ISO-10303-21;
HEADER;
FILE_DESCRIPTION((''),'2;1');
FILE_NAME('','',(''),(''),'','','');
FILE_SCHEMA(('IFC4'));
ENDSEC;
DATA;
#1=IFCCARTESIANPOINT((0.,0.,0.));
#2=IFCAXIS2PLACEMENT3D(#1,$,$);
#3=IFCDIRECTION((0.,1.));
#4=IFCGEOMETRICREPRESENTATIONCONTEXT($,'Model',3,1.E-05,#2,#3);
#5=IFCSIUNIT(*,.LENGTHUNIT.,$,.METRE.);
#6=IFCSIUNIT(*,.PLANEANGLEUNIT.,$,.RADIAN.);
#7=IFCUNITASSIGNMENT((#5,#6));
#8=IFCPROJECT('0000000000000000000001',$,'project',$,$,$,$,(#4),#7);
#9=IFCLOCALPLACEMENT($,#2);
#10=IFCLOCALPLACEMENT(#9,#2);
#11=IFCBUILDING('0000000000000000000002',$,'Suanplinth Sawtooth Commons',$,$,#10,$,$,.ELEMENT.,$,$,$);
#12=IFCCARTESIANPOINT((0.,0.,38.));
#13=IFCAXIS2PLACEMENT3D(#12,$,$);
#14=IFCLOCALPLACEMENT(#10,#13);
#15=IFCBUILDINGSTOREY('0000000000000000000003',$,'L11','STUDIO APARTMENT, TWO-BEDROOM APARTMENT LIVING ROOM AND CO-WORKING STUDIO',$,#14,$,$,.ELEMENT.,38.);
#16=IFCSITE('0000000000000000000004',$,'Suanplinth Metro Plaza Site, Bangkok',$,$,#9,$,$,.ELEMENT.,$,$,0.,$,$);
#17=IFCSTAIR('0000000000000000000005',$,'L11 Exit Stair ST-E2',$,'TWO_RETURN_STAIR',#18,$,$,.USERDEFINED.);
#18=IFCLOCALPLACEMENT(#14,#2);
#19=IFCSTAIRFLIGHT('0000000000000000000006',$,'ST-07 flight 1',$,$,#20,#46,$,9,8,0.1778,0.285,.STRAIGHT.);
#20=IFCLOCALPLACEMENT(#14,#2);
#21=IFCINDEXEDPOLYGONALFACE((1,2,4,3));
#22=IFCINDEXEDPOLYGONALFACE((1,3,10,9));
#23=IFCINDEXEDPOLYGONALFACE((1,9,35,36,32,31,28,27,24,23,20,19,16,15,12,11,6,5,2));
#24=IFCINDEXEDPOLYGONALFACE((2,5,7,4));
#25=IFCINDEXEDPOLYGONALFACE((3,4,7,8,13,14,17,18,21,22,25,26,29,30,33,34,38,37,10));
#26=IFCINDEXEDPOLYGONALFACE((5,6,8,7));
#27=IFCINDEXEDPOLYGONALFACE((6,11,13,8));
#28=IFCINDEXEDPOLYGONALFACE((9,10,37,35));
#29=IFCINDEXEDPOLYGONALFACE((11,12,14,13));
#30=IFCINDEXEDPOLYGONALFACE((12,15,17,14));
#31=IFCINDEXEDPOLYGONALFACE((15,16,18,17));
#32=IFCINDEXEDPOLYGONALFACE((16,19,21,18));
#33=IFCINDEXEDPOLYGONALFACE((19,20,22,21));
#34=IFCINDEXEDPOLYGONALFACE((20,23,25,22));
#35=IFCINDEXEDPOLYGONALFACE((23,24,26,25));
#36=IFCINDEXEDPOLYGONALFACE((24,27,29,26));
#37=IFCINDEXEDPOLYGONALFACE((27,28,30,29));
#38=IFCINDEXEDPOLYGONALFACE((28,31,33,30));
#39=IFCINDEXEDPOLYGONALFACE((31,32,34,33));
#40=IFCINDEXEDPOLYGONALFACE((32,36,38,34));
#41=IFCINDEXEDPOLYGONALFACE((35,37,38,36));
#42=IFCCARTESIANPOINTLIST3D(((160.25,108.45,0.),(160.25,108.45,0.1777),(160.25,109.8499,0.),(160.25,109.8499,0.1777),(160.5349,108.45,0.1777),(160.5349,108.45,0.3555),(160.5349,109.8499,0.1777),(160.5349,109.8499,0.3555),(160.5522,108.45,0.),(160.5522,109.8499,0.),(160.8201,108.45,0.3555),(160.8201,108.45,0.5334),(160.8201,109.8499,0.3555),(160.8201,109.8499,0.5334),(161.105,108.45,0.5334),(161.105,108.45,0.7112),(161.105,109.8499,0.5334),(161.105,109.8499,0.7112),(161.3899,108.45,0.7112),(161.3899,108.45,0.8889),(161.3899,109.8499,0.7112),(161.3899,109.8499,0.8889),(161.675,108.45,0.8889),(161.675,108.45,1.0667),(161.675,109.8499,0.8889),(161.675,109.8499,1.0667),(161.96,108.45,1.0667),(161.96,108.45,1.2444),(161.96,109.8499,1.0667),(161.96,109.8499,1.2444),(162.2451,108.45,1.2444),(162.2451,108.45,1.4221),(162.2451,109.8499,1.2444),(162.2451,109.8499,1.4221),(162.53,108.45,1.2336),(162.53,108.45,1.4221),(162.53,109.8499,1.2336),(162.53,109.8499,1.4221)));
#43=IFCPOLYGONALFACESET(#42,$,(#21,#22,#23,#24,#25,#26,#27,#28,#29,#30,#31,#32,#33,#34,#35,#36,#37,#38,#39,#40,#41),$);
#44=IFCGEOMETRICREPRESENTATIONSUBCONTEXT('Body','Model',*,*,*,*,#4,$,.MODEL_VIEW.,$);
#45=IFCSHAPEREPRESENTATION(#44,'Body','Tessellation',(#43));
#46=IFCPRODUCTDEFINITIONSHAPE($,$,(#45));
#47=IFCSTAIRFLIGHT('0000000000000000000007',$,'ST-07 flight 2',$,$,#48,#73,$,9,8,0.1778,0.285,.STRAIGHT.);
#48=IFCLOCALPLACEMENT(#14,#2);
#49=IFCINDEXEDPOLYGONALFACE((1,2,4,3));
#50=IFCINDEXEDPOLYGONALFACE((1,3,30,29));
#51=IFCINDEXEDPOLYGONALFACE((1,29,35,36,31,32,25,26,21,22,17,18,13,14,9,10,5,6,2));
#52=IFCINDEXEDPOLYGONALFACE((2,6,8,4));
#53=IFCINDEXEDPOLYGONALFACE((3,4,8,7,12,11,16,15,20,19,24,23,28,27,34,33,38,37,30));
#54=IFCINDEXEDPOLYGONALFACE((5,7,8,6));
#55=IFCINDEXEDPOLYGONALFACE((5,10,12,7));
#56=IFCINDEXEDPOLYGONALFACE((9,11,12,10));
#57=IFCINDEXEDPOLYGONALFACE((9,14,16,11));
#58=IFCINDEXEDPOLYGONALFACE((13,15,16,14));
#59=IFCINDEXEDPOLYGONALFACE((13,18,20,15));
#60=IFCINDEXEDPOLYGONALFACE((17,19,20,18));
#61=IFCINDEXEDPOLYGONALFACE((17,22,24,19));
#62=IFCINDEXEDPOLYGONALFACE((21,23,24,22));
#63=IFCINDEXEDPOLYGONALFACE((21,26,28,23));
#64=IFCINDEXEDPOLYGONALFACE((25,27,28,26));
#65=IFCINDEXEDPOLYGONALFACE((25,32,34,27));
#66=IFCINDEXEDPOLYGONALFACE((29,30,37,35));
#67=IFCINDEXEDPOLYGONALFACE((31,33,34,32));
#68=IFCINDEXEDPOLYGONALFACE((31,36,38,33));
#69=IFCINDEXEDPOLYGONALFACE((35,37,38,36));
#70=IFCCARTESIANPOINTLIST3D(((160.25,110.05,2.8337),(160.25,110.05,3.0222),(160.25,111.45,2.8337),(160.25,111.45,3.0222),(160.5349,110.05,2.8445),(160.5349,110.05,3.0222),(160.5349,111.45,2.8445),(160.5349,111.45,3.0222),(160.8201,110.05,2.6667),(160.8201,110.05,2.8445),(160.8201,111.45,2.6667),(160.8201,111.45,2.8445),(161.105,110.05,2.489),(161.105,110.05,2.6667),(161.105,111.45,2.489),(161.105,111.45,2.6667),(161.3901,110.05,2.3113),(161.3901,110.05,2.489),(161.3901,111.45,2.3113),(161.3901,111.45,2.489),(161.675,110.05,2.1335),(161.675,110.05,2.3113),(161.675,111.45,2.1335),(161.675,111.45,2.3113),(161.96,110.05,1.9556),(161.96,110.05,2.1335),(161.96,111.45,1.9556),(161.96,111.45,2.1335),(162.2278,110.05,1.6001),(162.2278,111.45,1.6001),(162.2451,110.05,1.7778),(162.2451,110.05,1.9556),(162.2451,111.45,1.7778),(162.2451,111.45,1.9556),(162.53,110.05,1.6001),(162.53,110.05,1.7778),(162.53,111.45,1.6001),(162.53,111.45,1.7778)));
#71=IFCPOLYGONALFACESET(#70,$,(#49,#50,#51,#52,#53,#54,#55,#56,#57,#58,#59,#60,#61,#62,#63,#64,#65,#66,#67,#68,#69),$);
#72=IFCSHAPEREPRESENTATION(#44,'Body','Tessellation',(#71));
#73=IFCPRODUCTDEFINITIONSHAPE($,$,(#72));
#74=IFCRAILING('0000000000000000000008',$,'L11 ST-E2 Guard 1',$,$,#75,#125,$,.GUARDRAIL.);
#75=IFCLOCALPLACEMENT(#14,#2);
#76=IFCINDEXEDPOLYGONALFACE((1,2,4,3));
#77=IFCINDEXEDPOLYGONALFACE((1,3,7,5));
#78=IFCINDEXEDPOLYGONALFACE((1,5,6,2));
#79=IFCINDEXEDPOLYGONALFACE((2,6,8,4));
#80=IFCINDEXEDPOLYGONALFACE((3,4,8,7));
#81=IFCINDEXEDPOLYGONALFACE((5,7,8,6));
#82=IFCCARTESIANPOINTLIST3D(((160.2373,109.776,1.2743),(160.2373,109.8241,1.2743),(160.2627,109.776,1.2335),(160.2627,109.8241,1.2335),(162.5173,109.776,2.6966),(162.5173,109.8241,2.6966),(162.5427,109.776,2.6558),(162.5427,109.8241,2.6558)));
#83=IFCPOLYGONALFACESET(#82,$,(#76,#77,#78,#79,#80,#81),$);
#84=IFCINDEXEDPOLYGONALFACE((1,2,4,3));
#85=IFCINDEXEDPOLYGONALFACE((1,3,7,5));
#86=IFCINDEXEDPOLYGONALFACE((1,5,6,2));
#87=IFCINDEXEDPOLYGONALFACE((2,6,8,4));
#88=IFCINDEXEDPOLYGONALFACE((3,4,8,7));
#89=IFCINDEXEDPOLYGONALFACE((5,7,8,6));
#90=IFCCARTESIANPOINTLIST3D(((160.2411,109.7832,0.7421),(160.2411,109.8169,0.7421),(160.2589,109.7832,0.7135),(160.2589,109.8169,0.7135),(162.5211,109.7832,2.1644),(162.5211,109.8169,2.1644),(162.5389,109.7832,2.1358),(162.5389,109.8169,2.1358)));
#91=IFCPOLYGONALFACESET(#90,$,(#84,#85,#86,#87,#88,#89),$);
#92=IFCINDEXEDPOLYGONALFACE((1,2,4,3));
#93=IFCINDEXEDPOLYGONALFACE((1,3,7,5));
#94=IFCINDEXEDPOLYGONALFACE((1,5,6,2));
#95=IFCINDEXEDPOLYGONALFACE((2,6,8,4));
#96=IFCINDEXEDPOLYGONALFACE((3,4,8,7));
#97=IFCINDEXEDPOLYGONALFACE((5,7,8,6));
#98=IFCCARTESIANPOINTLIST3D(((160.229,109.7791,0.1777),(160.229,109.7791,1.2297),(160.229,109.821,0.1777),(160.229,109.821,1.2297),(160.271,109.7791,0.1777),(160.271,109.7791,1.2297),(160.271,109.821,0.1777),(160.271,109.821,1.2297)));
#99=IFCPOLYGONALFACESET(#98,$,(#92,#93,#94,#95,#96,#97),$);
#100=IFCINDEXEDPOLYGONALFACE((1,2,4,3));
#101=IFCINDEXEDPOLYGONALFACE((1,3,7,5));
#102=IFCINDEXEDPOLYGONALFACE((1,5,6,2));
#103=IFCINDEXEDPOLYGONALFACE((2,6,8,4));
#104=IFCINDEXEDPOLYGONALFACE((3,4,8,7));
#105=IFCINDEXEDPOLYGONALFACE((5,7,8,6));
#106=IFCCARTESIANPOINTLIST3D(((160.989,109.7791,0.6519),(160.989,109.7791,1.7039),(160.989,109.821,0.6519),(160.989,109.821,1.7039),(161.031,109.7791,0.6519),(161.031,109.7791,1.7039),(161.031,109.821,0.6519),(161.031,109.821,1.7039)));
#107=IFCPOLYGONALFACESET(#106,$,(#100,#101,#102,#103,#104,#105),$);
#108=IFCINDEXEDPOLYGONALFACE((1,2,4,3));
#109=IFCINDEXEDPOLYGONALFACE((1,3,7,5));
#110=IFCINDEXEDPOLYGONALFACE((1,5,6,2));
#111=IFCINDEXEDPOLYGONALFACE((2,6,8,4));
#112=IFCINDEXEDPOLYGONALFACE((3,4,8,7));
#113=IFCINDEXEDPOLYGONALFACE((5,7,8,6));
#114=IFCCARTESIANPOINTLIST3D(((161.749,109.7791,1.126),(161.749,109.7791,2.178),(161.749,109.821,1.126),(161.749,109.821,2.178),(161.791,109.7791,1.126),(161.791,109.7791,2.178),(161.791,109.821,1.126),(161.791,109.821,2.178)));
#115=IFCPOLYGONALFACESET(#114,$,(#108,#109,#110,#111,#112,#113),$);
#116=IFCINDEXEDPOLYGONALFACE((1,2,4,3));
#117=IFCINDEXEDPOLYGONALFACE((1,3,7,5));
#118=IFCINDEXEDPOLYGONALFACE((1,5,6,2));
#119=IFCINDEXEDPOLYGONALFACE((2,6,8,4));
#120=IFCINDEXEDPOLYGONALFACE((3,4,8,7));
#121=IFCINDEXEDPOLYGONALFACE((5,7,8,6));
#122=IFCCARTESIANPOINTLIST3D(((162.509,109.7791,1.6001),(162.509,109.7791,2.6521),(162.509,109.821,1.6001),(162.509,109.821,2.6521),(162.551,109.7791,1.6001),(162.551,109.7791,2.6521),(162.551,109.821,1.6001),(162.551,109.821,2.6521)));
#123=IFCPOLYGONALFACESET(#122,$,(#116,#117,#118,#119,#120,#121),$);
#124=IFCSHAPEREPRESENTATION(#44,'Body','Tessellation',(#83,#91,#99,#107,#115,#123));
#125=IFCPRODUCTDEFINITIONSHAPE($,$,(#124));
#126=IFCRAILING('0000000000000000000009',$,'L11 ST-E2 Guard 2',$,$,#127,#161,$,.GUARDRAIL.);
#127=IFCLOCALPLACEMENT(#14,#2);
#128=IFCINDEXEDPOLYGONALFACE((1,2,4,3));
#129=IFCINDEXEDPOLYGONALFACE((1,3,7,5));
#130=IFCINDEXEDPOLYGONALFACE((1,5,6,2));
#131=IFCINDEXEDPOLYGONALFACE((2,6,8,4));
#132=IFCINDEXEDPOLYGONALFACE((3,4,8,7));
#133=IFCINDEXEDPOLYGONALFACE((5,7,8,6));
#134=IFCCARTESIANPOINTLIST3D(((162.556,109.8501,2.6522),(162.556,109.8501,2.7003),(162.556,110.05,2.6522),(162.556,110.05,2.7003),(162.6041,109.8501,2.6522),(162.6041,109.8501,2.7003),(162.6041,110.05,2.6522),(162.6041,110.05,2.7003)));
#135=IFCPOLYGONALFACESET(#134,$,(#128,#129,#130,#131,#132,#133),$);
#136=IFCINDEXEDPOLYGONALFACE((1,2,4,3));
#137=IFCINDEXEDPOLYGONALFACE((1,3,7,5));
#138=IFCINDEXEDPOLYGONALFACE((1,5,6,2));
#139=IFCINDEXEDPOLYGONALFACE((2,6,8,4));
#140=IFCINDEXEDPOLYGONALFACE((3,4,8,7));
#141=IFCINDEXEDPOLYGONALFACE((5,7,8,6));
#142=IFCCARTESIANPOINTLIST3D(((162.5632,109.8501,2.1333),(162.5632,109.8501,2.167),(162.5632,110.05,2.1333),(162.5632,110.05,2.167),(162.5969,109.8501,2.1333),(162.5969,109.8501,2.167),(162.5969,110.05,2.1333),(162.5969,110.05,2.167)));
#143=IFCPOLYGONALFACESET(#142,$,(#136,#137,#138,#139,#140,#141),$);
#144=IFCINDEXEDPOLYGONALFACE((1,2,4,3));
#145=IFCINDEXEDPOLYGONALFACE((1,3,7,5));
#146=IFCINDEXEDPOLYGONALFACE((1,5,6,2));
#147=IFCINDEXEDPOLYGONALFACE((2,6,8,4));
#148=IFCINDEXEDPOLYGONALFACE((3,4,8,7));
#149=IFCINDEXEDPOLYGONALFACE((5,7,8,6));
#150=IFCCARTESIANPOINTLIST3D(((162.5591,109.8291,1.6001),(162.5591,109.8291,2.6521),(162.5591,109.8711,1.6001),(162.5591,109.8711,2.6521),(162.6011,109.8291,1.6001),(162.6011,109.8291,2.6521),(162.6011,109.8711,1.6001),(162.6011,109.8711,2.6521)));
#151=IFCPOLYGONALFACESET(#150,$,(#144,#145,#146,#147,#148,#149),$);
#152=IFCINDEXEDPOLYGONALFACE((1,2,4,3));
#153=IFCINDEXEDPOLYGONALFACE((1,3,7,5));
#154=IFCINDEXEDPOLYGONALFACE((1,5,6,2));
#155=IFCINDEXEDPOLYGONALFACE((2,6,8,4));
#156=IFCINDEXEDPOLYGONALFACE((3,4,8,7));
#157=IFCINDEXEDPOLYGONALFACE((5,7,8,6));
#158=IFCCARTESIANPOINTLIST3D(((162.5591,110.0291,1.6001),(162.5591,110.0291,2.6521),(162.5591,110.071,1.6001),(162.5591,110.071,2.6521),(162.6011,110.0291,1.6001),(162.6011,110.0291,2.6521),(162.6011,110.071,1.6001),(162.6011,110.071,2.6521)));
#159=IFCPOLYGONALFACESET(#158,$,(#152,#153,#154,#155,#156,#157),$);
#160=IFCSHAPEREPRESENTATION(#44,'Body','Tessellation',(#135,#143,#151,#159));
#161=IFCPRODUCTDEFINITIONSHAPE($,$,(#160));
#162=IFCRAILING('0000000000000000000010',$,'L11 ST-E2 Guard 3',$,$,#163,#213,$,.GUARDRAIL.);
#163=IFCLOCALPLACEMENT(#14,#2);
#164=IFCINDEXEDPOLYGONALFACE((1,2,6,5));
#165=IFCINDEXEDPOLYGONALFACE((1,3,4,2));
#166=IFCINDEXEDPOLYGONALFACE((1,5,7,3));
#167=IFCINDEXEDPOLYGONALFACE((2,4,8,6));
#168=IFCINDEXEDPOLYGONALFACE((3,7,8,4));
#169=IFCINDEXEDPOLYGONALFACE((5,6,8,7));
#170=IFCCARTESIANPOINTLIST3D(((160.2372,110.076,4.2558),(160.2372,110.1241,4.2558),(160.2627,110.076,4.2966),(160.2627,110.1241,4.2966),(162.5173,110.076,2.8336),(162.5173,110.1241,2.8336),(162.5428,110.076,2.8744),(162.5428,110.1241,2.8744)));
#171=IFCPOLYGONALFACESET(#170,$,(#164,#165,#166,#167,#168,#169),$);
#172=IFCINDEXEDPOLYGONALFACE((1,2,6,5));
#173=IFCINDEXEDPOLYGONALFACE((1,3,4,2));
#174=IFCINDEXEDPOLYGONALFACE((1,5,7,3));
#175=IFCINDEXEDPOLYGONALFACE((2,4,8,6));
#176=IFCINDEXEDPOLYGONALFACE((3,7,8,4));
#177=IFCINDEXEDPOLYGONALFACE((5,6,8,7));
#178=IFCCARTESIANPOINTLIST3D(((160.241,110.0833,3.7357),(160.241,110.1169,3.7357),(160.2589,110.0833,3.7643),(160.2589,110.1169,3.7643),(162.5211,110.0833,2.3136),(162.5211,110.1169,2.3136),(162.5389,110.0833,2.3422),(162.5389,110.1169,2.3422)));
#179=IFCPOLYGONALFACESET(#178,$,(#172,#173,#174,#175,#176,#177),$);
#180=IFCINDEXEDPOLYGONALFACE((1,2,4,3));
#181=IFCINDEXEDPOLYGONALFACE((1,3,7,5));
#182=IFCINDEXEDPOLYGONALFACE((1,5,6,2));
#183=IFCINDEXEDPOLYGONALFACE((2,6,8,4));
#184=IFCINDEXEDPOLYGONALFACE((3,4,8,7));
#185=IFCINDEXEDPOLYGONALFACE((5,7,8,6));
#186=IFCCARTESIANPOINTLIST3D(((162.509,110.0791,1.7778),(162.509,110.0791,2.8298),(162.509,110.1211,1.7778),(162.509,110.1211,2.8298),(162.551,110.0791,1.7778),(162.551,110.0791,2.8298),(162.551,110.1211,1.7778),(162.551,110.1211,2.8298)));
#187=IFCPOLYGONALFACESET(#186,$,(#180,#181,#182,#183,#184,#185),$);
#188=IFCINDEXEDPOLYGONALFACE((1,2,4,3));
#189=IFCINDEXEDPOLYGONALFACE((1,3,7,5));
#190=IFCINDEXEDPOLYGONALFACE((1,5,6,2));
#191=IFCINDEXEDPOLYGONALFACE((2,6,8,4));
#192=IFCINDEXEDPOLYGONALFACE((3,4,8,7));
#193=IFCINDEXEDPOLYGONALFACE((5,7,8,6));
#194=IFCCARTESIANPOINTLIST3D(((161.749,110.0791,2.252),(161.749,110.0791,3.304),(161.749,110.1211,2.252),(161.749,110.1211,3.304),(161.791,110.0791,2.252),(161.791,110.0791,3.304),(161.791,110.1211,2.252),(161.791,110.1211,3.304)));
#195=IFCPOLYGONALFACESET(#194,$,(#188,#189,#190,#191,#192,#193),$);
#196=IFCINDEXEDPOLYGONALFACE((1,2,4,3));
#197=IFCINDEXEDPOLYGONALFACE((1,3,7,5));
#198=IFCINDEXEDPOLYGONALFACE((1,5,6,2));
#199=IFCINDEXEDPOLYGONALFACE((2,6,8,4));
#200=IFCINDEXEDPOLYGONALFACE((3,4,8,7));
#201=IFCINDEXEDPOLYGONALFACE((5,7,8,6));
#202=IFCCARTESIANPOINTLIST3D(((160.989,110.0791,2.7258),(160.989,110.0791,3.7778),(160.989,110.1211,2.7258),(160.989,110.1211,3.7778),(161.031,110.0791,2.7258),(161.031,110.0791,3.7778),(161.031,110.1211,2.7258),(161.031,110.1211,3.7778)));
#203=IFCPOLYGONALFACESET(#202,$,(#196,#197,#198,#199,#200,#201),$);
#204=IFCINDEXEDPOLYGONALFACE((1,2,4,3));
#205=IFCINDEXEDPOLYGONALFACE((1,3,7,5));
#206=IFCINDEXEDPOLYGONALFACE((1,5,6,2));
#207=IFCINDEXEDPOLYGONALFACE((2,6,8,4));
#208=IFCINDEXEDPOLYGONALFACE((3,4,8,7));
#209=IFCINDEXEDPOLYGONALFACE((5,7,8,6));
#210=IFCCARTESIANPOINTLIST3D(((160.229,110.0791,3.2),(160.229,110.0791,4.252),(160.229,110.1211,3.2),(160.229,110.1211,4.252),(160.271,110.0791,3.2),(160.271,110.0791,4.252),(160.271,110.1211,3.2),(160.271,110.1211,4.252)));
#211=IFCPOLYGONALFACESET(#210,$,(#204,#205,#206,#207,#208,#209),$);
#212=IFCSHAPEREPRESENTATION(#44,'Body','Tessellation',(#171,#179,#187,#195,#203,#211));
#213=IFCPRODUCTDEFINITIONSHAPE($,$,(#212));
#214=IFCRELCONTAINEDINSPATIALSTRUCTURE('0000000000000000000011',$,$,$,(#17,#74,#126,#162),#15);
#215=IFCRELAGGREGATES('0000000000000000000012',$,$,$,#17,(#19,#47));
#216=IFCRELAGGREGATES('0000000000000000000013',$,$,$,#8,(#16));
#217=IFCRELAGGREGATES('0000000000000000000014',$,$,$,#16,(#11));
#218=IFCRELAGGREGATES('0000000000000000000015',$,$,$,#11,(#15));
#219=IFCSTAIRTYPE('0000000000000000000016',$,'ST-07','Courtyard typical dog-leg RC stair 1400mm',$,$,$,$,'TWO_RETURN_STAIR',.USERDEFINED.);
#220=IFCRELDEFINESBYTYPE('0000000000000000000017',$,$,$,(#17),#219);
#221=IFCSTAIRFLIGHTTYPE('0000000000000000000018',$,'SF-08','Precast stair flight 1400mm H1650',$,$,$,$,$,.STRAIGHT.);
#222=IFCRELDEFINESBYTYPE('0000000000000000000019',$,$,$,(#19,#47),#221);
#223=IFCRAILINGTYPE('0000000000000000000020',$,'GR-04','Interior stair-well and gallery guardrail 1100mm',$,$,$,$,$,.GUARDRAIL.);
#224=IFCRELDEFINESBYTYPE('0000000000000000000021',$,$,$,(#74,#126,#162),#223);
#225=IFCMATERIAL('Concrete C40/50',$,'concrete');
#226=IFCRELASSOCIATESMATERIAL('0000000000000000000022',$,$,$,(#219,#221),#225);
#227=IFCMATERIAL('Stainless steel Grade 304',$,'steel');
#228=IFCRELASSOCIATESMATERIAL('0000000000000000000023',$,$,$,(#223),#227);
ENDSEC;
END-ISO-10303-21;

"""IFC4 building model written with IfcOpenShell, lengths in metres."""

from ifc_helpers import new_model, si_unit, direction, frame, origin, origin_2d, place, context, subcontext, project, spatial, polyline, rectangle, outline, extrude, material, type_object, element, aggregate, save


model = new_model("IFC4")

# Units and contexts
model_context = context("Model", 3, precision=1e-05, world=origin(), true_north=direction((0.0, 1.0)))
body_context = subcontext(model_context, "Body", "Model", "MODEL_VIEW")
ifc_project = project(units=[si_unit("LENGTHUNIT", "METRE"), si_unit("PLANEANGLEUNIT", "RADIAN")], contexts=[model_context])

# Site, building, storey
site_placement = place(None, origin())
site = spatial("IfcSite", under=ifc_project, at=site_placement, Name="Suanplinth Metro Plaza Site, Bangkok", CompositionType="ELEMENT", RefElevation=0.0)
building_placement = place(site_placement, origin())
building = spatial("IfcBuilding", under=site, at=building_placement, Name="Suanplinth Sawtooth Commons", CompositionType="ELEMENT")
storey_placement = place(building_placement, frame((0.0, 0.0, 38.0)))
storey = spatial("IfcBuildingStorey", under=building, at=storey_placement, Name="L11", Description="STUDIO APARTMENT, TWO-BEDROOM APARTMENT LIVING ROOM AND CO-WORKING STUDIO", CompositionType="ELEMENT", Elevation=38.0)

# Shared definitions
ifc_material_1 = material(Name="Stainless steel Grade 304", Category="steel")

# Stair, stair flights
ifc_material_2 = material(Name="Concrete C40/50", Category="concrete")
stair_type = type_object("IfcStairType", Name="ST-07", Description="Courtyard typical dog-leg RC stair 1400mm", ElementType="TWO_RETURN_STAIR", PredefinedType="USERDEFINED", material=ifc_material_2)
stair_placement = place(storey_placement, origin())
stair = element("IfcStair", 1, at=stair_placement, inside=storey, type_object=stair_type, Name="L11 Exit Stair ST-E2", ObjectType="TWO_RETURN_STAIR", PredefinedType="USERDEFINED")
stair_flight_type = type_object("IfcStairFlightType", Name="SF-08", Description="Precast stair flight 1400mm H1650", PredefinedType="STRAIGHT", material=ifc_material_2)
stair_flight_1_placement = place(storey_placement, frame((160.25, 109.1499, 0.0), z_axis=(0.0, 0.0, 1.0), x_axis=(1.0, 0.0, 0.0)))
stair_flight_1 = element("IfcStairFlight", 2, at=stair_flight_1_placement, type_object=stair_flight_type, Name="ST-07 flight 1", NumberOfRisers=9, NumberOfTreads=8, PredefinedType="STRAIGHT", RiserHeight=0.1778, TreadLength=0.285, context=body_context, shape_type="SweptSolid", body=[
    extrude(outline(polyline([(0.0, 0.0), (0.0, 0.1777), (0.2849, 0.1777), (0.2849, 0.3555), (0.5701, 0.3555), (0.5701, 0.5334), (0.855, 0.5334), (0.855, 0.7112), (1.1399, 0.7112), (1.1399, 0.8889), (1.425, 0.8889), (1.425, 1.0667), (1.71, 1.0667), (1.71, 1.2444), (1.9951, 1.2444), (1.9951, 1.4221), (2.28, 1.4221), (2.28, 1.6001), (2.28, 1.2336), (0.3022, 0.0), (0.0, 0.0)])), frame((0.0, 0.7, 0.0), z_axis=(0.0, -1.0, 0.0), x_axis=(1.0, 0.0, 0.0)), (0.0, 0.0, 1.0), 1.3999),
])
stair_flight_2_placement = place(storey_placement, frame((162.53, 110.75, 1.6001), z_axis=(0.0, 0.0, 1.0), x_axis=(-1.0, 0.0, 0.0)))
stair_flight_2 = element("IfcStairFlight", 3, at=stair_flight_2_placement, type_object=stair_flight_type, Name="ST-07 flight 2", NumberOfRisers=9, NumberOfTreads=8, PredefinedType="STRAIGHT", RiserHeight=0.1778, TreadLength=0.285, context=body_context, shape_type="SweptSolid", body=[
    extrude(outline(polyline([(0.0, 0.0), (0.0, 0.1777), (0.2849, 0.1777), (0.2849, 0.3555), (0.5701, 0.3555), (0.5701, 0.5334), (0.855, 0.5334), (0.855, 0.7112), (1.1399, 0.7112), (1.1399, 0.8889), (1.425, 0.8889), (1.425, 1.0667), (1.71, 1.0667), (1.71, 1.2444), (1.9951, 1.2444), (1.9951, 1.4221), (2.28, 1.4221), (2.28, 1.6001), (2.28, 1.2336), (0.3022, 0.0), (0.0, 0.0)])), frame((0.0, 0.7, 0.0), z_axis=(0.0, -1.0, 0.0), x_axis=(1.0, 0.0, 0.0)), (0.0, 0.0, 1.0), 1.3999),
])
aggregate(stair, [stair_flight_1, stair_flight_2])

# Railings
railing_type_1 = type_object("IfcRailingType", Name="GR-04", Description="Interior stair-well and gallery guardrail 1100mm", PredefinedType="GUARDRAIL", material=ifc_material_1)
railing_1_placement = place(storey_placement, frame((160.25, 109.8, 0.1777)))
element("IfcRailing", 4, at=railing_1_placement, inside=storey, type_object=railing_type_1, Name="L11 ST-E2 Guard 1", PredefinedType="GUARDRAIL", context=body_context, shape_type="SweptSolid", body=[
    extrude(rectangle(XDim=0.0481, YDim=0.0481, at=origin_2d()), frame((0.0, 0.0, 1.0762), z_axis=(0.848442, 0.0, 0.529288), x_axis=(0.0, 1.0, 0.0)), (0.0, 0.0, 1.0), 2.6873),
    extrude(rectangle(XDim=0.0337, YDim=0.0337, at=origin_2d()), frame((0.0, 0.0, 0.55), z_axis=(0.848442, 0.0, 0.529288), x_axis=(0.0, 1.0, 0.0)), (0.0, 0.0, 1.0), 2.6873),
    extrude(rectangle(XDim=0.042, YDim=0.042, at=origin_2d()), origin(), (0.0, 0.0, 1.0), 1.052),
    extrude(rectangle(XDim=0.042, YDim=0.042, at=origin_2d()), frame((0.76, 0.0, 0.4741)), (0.0, 0.0, 1.0), 1.052),
    extrude(rectangle(XDim=0.042, YDim=0.042, at=origin_2d()), frame((1.52, 0.0, 0.9482)), (0.0, 0.0, 1.0), 1.052),
    extrude(rectangle(XDim=0.042, YDim=0.042, at=origin_2d()), frame((2.28, 0.0, 1.4224)), (0.0, 0.0, 1.0), 1.052),
])
railing_2_placement = place(storey_placement, frame((162.5801, 109.8501, 1.6001)))
element("IfcRailing", 5, at=railing_2_placement, inside=storey, type_object=railing_type_1, Name="L11 ST-E2 Guard 2", PredefinedType="GUARDRAIL", context=body_context, shape_type="SweptSolid", body=[
    extrude(rectangle(XDim=0.0481, YDim=0.0481, at=origin_2d()), frame((0.0, 0.0, 1.0762), z_axis=(0.0, 1.0, 0.0), x_axis=(-1.0, 0.0, 0.0)), (0.0, 0.0, 1.0), 0.2),
    extrude(rectangle(XDim=0.0337, YDim=0.0337, at=origin_2d()), frame((0.0, 0.0, 0.55), z_axis=(0.0, 1.0, 0.0), x_axis=(-1.0, 0.0, 0.0)), (0.0, 0.0, 1.0), 0.2),
    extrude(rectangle(XDim=0.042, YDim=0.042, at=origin_2d()), origin(), (0.0, 0.0, 1.0), 1.052),
    extrude(rectangle(XDim=0.042, YDim=0.042, at=origin_2d()), frame((0.0, 0.2, 0.0)), (0.0, 0.0, 1.0), 1.052),
])
railing_3_placement = place(storey_placement, frame((162.53, 110.1001, 1.7778)))
element("IfcRailing", 6, at=railing_3_placement, inside=storey, type_object=railing_type_1, Name="L11 ST-E2 Guard 3", PredefinedType="GUARDRAIL", context=body_context, shape_type="SweptSolid", body=[
    extrude(rectangle(XDim=0.0481, YDim=0.0481, at=origin_2d()), frame((0.0, 0.0, 1.0762), z_axis=(-0.848483, 0.0, 0.529223), x_axis=(0.0, -1.0, 0.0)), (0.0, 0.0, 1.0), 2.6873),
    extrude(rectangle(XDim=0.0337, YDim=0.0337, at=origin_2d()), frame((0.0, 0.0, 0.55), z_axis=(-0.848483, 0.0, 0.529223), x_axis=(0.0, -1.0, 0.0)), (0.0, 0.0, 1.0), 2.6873),
    extrude(rectangle(XDim=0.042, YDim=0.042, at=origin_2d()), origin(), (0.0, 0.0, 1.0), 1.052),
    extrude(rectangle(XDim=0.042, YDim=0.042, at=origin_2d()), frame((-0.76, 0.0, 0.4741)), (0.0, 0.0, 1.0), 1.052),
    extrude(rectangle(XDim=0.042, YDim=0.042, at=origin_2d()), frame((-1.52, 0.0, 0.948)), (0.0, 0.0, 1.0), 1.052),
    extrude(rectangle(XDim=0.042, YDim=0.042, at=origin_2d()), frame((-2.28, 0.0, 1.4221)), (0.0, 0.0, 1.0), 1.052),
])

save(model, "model.ifc")
